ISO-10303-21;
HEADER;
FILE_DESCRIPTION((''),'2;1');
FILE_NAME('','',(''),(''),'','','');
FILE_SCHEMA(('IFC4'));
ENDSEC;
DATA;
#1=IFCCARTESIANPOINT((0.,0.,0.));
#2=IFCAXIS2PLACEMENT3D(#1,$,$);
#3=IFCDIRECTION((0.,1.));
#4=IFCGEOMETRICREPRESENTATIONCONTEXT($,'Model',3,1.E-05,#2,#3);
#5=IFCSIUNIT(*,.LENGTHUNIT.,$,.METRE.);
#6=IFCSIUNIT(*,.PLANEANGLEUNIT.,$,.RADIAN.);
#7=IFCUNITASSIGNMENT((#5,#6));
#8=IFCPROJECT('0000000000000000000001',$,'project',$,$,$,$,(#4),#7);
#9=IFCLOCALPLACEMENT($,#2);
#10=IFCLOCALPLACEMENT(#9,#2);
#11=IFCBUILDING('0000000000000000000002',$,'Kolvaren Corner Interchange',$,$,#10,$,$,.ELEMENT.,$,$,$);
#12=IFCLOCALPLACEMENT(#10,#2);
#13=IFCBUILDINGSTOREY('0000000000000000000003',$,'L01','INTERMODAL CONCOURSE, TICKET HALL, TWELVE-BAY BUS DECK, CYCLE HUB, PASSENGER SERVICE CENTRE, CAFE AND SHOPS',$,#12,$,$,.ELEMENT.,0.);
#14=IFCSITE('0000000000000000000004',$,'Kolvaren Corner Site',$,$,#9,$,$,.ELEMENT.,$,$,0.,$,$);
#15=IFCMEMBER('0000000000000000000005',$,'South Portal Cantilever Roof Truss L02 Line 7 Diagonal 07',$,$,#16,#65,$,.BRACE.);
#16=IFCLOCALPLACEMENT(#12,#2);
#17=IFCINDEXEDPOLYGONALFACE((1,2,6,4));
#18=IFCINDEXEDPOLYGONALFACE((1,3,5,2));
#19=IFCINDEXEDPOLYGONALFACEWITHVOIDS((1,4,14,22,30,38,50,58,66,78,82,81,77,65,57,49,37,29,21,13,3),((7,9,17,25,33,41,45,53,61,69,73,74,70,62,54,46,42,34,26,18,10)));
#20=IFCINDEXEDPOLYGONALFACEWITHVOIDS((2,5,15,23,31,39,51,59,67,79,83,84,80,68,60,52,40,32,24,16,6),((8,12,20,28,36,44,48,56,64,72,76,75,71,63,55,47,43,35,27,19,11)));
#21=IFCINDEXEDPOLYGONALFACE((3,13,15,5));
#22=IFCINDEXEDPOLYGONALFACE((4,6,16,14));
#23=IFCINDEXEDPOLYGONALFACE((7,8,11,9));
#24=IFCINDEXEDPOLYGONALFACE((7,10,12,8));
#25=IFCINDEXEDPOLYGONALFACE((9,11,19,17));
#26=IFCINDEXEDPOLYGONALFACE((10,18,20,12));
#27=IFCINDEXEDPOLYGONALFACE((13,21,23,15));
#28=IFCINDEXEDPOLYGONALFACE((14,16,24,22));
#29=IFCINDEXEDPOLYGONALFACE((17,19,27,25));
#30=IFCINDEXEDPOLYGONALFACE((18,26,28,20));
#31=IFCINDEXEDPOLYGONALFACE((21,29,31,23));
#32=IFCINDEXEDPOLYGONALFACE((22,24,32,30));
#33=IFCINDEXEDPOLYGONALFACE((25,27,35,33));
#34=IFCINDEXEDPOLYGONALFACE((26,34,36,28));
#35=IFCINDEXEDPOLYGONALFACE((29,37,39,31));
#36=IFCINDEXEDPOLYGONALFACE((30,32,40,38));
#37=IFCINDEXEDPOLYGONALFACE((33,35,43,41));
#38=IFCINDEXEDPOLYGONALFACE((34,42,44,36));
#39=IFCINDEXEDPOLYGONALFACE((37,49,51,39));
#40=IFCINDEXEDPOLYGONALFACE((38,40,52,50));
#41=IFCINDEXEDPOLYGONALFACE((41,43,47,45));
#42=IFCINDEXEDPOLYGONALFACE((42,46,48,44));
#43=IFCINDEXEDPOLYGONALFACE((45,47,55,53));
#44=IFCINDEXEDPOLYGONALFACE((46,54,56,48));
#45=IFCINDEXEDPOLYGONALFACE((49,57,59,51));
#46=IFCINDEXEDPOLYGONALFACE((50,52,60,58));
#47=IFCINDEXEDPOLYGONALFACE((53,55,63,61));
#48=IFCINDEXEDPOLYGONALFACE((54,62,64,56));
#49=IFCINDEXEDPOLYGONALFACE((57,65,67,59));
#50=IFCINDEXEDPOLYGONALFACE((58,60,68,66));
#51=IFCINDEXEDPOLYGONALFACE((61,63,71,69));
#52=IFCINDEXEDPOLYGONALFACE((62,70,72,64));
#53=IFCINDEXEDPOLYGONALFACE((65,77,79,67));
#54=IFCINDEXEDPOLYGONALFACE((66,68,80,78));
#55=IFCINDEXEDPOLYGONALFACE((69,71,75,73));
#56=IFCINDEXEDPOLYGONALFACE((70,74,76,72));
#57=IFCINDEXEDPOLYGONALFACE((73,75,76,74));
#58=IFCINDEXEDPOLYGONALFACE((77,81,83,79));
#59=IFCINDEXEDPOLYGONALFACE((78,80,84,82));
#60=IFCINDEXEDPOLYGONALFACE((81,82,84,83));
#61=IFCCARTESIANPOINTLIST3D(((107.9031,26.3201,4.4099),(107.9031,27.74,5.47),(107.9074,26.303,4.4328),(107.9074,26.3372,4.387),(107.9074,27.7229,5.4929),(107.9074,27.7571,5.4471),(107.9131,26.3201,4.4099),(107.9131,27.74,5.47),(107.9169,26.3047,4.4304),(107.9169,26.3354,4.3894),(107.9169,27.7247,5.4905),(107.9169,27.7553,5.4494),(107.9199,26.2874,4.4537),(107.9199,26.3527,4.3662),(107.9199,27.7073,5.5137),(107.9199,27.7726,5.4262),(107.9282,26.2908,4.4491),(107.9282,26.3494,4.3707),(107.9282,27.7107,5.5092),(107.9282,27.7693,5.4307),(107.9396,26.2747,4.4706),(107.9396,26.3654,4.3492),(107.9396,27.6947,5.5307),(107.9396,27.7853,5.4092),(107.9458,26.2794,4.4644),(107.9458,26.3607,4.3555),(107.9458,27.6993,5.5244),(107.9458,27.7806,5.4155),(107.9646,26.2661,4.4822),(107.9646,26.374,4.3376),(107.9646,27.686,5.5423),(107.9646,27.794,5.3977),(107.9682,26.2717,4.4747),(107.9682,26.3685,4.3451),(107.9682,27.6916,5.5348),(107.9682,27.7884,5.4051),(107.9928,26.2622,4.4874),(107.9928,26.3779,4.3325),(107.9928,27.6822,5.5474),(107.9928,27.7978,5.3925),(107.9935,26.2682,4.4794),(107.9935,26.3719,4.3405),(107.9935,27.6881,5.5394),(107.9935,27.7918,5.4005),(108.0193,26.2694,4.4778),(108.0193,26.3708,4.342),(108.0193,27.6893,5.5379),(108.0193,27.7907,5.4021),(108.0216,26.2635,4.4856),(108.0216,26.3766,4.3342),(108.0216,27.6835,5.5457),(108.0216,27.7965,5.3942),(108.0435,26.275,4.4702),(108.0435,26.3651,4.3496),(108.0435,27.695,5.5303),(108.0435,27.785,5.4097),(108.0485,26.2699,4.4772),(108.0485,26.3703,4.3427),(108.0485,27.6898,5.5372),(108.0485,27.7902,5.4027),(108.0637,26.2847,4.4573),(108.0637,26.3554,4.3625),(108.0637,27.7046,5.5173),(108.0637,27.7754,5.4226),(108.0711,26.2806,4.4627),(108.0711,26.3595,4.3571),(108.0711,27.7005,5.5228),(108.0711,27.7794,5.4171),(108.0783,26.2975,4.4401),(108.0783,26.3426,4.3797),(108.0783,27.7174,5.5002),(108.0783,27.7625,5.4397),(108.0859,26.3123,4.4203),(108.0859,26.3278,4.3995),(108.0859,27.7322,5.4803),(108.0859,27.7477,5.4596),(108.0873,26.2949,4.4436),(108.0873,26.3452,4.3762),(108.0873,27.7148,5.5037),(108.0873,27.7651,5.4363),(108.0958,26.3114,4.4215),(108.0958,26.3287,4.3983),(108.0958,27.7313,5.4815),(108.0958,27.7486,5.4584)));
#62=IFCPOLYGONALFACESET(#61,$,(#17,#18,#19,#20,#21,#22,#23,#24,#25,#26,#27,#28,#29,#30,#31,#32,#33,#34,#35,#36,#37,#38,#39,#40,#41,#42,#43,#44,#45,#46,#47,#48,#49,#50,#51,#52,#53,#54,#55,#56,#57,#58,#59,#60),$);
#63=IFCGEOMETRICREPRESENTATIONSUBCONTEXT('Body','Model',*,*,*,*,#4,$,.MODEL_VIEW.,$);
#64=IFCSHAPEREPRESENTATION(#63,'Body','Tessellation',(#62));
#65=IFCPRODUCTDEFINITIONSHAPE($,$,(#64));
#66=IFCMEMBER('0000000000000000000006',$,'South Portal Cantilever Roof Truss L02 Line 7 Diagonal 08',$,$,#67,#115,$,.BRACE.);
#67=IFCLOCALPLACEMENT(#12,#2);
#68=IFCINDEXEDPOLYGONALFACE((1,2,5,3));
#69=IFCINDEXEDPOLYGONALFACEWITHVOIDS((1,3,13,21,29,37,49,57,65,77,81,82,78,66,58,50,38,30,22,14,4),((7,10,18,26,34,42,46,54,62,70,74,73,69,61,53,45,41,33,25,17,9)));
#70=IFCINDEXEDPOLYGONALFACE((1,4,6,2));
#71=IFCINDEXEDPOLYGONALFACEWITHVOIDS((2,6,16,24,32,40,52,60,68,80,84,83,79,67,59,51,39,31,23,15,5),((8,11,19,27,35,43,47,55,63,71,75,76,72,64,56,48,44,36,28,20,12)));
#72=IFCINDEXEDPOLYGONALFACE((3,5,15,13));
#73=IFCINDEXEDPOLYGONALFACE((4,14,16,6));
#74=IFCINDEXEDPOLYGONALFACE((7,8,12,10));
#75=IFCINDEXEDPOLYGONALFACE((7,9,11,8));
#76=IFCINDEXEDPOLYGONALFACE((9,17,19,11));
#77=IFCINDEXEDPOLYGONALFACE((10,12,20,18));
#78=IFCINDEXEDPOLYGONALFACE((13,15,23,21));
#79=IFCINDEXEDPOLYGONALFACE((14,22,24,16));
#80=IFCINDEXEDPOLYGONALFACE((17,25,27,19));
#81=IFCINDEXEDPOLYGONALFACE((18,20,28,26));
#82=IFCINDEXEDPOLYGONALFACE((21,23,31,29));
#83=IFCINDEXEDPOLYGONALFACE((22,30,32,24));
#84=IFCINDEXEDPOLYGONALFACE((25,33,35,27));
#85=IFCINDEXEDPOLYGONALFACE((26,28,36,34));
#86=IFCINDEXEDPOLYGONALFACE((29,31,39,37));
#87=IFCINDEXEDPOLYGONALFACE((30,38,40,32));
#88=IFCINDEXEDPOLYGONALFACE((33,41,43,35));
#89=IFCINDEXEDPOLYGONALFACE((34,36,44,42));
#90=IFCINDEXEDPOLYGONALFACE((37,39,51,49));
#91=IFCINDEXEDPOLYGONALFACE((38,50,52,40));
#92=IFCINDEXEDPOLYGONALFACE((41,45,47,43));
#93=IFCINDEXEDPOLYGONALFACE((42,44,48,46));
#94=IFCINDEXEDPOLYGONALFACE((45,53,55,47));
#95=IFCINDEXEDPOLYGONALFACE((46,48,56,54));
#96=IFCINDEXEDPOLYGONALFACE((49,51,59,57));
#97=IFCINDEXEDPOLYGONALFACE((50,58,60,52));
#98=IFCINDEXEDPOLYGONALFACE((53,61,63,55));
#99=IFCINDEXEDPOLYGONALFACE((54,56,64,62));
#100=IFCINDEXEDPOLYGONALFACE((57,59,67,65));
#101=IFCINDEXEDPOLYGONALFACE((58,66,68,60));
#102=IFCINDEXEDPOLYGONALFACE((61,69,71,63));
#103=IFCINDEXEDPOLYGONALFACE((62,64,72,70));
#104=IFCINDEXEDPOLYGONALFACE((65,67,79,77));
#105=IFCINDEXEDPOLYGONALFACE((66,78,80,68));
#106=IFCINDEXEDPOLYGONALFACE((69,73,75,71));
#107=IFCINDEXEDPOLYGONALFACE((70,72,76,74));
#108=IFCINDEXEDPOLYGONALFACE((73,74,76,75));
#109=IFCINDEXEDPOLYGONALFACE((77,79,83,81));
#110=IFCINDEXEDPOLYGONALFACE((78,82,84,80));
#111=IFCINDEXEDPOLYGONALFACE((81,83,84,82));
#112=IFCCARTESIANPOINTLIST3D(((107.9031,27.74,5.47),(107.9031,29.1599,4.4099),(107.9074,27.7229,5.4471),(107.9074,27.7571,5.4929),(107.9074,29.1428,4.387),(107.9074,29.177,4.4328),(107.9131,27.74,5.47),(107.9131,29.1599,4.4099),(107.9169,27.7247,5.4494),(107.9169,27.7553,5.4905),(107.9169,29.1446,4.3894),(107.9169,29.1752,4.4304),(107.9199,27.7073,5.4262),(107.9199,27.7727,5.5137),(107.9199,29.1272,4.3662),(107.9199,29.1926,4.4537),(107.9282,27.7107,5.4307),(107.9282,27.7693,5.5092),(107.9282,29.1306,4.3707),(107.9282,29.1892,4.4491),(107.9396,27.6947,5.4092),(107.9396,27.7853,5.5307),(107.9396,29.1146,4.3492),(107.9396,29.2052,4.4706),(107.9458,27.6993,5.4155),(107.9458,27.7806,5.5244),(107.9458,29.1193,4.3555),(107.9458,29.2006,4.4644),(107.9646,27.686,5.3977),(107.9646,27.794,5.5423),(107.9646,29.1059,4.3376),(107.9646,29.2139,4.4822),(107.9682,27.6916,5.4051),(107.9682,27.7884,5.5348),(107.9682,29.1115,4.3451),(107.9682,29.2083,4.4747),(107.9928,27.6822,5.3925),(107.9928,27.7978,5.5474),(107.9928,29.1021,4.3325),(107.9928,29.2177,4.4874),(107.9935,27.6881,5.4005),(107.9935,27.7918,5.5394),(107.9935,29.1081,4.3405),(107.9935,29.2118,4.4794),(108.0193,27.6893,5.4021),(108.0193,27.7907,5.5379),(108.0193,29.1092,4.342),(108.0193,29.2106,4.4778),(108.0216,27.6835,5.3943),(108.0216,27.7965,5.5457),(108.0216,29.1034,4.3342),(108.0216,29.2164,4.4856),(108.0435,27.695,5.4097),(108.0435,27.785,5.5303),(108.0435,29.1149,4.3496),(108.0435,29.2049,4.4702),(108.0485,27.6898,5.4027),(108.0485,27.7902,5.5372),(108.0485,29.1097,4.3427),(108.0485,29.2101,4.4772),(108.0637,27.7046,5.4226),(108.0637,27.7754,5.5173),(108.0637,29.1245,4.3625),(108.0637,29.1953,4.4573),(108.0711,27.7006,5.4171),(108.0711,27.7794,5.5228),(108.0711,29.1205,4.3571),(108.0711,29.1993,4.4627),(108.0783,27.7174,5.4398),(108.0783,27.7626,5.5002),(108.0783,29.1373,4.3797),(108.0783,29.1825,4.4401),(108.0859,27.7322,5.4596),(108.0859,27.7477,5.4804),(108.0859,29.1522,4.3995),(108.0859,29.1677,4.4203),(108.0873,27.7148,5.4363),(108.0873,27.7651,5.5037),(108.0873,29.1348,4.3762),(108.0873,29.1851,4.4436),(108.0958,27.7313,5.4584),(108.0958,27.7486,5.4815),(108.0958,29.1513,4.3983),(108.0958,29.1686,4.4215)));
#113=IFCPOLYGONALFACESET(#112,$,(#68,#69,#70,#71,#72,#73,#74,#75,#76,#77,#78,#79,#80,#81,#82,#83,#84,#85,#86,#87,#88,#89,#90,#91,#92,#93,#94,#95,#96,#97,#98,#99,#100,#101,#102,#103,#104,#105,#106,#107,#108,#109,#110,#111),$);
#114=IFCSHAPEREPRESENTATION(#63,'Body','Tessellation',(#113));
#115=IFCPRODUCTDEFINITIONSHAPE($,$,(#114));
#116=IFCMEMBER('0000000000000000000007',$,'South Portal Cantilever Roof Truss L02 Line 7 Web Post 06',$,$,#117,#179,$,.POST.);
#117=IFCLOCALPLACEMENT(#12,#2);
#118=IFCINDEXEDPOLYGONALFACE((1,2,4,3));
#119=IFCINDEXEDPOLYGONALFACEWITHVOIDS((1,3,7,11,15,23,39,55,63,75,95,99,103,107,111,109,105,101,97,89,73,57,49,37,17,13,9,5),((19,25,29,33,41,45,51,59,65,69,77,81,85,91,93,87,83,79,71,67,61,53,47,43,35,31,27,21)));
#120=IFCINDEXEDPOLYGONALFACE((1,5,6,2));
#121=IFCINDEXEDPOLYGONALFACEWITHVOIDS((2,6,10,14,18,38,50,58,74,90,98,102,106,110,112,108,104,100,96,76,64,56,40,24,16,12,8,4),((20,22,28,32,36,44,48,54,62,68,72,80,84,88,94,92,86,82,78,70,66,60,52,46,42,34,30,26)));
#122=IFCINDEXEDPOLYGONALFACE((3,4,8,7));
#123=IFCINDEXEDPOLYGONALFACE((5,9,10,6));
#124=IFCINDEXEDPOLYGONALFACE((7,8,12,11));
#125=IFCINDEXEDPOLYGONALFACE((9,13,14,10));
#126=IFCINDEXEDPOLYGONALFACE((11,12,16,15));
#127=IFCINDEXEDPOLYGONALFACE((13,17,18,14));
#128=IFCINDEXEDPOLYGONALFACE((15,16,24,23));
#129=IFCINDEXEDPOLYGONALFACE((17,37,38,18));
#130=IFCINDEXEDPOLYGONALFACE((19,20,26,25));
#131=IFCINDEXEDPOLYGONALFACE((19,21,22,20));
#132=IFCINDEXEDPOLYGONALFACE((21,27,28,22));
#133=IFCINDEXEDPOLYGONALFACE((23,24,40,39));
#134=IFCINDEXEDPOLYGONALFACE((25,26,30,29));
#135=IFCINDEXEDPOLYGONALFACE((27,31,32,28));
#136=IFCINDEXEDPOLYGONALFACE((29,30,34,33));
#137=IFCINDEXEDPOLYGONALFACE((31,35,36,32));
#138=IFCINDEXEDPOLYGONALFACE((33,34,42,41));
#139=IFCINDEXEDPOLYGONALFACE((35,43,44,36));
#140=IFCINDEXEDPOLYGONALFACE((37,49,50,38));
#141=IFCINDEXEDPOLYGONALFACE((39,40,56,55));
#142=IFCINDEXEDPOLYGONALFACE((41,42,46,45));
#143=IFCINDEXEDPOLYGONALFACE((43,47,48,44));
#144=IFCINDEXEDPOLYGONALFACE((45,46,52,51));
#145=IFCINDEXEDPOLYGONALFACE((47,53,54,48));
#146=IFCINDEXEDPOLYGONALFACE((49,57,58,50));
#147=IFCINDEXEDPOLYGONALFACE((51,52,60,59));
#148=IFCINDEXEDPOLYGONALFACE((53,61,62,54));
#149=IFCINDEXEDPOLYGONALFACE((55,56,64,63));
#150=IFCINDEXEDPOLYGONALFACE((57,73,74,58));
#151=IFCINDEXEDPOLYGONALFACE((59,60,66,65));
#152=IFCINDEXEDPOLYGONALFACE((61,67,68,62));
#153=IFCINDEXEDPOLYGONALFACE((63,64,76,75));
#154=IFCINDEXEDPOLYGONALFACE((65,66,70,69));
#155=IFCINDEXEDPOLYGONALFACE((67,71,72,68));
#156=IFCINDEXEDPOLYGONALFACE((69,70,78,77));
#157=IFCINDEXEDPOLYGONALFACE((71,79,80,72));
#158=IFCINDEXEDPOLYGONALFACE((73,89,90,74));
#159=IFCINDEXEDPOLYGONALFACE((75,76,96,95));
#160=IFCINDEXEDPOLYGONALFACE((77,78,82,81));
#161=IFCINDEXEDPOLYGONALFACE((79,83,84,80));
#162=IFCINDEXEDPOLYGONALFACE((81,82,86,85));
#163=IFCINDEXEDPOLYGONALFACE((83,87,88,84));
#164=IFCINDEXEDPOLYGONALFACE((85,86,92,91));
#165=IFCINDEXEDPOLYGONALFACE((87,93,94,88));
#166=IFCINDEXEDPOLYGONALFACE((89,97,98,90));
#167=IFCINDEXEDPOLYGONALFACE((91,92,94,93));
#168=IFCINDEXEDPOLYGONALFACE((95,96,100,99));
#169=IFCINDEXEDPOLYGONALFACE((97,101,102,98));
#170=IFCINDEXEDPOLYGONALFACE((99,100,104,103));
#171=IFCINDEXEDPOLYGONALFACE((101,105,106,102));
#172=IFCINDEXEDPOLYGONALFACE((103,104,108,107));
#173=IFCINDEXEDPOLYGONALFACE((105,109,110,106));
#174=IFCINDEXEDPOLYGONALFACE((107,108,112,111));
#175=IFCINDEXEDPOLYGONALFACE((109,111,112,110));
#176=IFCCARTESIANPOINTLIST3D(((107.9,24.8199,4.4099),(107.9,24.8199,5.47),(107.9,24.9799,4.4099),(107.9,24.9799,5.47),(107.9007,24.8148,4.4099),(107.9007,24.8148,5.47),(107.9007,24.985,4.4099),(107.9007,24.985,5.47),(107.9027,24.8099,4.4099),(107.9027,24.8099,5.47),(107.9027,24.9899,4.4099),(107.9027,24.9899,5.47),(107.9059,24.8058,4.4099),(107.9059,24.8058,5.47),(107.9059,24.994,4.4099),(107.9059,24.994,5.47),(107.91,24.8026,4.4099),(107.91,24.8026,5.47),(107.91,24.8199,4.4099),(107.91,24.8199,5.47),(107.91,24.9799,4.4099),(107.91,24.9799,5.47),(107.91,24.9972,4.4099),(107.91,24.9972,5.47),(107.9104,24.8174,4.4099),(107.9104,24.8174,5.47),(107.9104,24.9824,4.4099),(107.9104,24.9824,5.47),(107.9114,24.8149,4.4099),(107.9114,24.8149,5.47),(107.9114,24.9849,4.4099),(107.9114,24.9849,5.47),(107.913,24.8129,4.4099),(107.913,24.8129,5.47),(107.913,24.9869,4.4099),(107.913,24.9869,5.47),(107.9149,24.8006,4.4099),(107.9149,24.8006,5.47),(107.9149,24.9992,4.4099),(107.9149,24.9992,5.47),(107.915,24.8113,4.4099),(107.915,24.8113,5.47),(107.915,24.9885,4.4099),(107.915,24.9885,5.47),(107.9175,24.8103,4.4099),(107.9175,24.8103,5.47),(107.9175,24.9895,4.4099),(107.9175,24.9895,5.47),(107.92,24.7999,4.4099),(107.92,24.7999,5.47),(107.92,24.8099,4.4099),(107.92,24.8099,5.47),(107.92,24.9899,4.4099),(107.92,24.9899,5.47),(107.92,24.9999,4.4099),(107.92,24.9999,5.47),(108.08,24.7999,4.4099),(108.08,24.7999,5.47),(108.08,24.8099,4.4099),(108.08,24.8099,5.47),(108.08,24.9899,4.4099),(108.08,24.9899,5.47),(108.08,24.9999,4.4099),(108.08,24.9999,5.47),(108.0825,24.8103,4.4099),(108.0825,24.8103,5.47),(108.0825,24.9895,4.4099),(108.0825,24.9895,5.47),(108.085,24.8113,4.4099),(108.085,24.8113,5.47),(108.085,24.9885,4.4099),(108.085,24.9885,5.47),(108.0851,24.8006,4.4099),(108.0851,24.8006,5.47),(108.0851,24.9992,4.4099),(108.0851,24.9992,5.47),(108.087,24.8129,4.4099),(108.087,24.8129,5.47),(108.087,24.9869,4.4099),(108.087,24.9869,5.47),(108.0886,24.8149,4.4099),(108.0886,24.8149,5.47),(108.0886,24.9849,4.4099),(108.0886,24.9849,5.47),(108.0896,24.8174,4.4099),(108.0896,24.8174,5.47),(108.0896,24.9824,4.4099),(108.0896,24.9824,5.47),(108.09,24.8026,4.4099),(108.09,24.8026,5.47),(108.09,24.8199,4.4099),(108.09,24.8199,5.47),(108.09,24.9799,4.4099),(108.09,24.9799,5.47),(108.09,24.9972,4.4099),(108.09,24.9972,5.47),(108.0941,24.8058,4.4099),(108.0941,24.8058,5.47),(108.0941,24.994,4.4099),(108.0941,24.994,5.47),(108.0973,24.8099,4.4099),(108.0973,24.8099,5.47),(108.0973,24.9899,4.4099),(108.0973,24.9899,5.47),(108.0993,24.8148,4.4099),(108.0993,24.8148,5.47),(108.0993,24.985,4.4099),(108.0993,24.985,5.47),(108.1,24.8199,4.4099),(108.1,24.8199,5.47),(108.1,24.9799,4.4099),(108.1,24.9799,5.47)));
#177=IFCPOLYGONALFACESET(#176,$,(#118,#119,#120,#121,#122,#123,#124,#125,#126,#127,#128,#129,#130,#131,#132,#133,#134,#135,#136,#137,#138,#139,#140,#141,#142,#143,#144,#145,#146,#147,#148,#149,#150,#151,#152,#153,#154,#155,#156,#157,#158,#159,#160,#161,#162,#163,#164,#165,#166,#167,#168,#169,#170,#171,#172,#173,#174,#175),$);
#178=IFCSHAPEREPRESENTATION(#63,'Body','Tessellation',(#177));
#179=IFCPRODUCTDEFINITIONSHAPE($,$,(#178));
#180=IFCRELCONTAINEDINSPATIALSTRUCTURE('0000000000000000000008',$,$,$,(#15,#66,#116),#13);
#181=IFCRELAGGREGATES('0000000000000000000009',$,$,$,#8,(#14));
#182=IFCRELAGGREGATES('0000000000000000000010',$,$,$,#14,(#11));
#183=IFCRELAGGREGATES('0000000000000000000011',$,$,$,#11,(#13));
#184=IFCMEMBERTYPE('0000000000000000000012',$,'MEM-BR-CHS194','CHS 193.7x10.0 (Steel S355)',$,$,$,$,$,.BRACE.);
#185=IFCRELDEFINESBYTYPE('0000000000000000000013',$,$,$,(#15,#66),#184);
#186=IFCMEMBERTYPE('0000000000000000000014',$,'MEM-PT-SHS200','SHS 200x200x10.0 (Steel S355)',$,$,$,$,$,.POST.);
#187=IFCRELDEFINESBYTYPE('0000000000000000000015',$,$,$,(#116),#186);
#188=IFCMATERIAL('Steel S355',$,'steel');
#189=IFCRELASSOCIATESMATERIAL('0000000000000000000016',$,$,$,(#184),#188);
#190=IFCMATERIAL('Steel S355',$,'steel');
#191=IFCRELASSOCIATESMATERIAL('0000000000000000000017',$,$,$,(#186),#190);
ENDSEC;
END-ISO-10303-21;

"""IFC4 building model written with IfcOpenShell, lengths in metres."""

from ifc_helpers import new_model, si_unit, direction, frame, origin, origin_2d, place, context, subcontext, project, spatial, hollow_rectangle, hollow_circle, extrude, material, material_profile, profile_set, type_object, element, save


model = new_model("IFC4")

# Units and contexts
model_context = context("Model", 3, precision=1e-05, world=origin(), true_north=direction((0.0, 1.0)))
body_context = subcontext(model_context, "Body", "Model", "MODEL_VIEW")
ifc_project = project(units=[si_unit("LENGTHUNIT", "METRE"), si_unit("PLANEANGLEUNIT", "RADIAN")], contexts=[model_context])

# Site, building, storey
site_placement = place(None, origin())
site = spatial("IfcSite", under=ifc_project, at=site_placement, Name="Kolvaren Corner Site", CompositionType="ELEMENT", RefElevation=0.0)
building_placement = place(site_placement, origin())
building = spatial("IfcBuilding", under=site, at=building_placement, Name="Kolvaren Corner Interchange", CompositionType="ELEMENT")
storey_placement = place(building_placement, origin())
storey = spatial("IfcBuildingStorey", under=building, at=storey_placement, Name="L01", Description="INTERMODAL CONCOURSE, TICKET HALL, TWELVE-BAY BUS DECK, CYCLE HUB, PASSENGER SERVICE CENTRE, CAFE AND SHOPS", CompositionType="ELEMENT", Elevation=0.0)

# Members
ifc_material_1 = material(Name="Steel S355", Category="steel")
ifc_material_profile_1 = material_profile(ifc_material_1, hollow_circle(Radius=0.0969, WallThickness=0.01, at=origin_2d()), Name="CHS 193.7x10.0")
ifc_profile_set_1 = profile_set([ifc_material_profile_1], Name="Steel S355")
member_type_1 = type_object("IfcMemberType", Name="MEM-BR-CHS194", Description="CHS 193.7x10.0 (Steel S355)", PredefinedType="BRACE", material=ifc_profile_set_1)
for number, where, z_axis, x_axis, name in (
    (1, (108.0, 26.3201, 4.4099), (0.0, 0.801321, 0.598235), (-1.0, 0.0, 0.0), "South Portal Cantilever Roof Truss L02 Line 7 Diagonal 07"),
    (2, (108.0, 27.74, 5.47), (0.0, 0.801321, -0.598235), (-1.0, 0.0, 0.0), "South Portal Cantilever Roof Truss L02 Line 7 Diagonal 08"),
):
    element("IfcMember", number, at=place(storey_placement, frame(where, z_axis=z_axis, x_axis=x_axis)), inside=storey, type_object=member_type_1, Name=name, PredefinedType="BRACE", context=body_context, shape_type="SweptSolid", body=[
        extrude(hollow_circle(Radius=0.0969, WallThickness=0.01, at=origin_2d()), origin(), (0.0, 0.0, 1.0), 1.772),
    ])
ifc_material_2 = material(Name="Steel S355", Category="steel")
ifc_material_profile_2 = material_profile(ifc_material_2, hollow_rectangle(XDim=0.2, YDim=0.2, WallThickness=0.01, InnerFilletRadius=0.01, OuterFilletRadius=0.02, at=origin_2d()), Name="SHS 200x200x10.0")
ifc_profile_set_2 = profile_set([ifc_material_profile_2], Name="Steel S355")
member_type_2 = type_object("IfcMemberType", Name="MEM-PT-SHS200", Description="SHS 200x200x10.0 (Steel S355)", PredefinedType="POST", material=ifc_profile_set_2)
for number, where, z_axis, x_axis, name in (
    (3, (108.0, 24.8999, 4.4099), (0.0, 0.0, 1.0), (1.0, 0.0, 0.0), "South Portal Cantilever Roof Truss L02 Line 7 Web Post 06"),
):
    element("IfcMember", number, at=place(storey_placement, frame(where, z_axis=z_axis, x_axis=x_axis)), inside=storey, type_object=member_type_2, Name=name, PredefinedType="POST", context=body_context, shape_type="SweptSolid", body=[
        extrude(hollow_rectangle(XDim=0.2, YDim=0.2, WallThickness=0.01, InnerFilletRadius=0.01, OuterFilletRadius=0.02, at=origin_2d()), origin(), (0.0, 0.0, 1.0), 1.0601),
    ])

save(model, "model.ifc")
